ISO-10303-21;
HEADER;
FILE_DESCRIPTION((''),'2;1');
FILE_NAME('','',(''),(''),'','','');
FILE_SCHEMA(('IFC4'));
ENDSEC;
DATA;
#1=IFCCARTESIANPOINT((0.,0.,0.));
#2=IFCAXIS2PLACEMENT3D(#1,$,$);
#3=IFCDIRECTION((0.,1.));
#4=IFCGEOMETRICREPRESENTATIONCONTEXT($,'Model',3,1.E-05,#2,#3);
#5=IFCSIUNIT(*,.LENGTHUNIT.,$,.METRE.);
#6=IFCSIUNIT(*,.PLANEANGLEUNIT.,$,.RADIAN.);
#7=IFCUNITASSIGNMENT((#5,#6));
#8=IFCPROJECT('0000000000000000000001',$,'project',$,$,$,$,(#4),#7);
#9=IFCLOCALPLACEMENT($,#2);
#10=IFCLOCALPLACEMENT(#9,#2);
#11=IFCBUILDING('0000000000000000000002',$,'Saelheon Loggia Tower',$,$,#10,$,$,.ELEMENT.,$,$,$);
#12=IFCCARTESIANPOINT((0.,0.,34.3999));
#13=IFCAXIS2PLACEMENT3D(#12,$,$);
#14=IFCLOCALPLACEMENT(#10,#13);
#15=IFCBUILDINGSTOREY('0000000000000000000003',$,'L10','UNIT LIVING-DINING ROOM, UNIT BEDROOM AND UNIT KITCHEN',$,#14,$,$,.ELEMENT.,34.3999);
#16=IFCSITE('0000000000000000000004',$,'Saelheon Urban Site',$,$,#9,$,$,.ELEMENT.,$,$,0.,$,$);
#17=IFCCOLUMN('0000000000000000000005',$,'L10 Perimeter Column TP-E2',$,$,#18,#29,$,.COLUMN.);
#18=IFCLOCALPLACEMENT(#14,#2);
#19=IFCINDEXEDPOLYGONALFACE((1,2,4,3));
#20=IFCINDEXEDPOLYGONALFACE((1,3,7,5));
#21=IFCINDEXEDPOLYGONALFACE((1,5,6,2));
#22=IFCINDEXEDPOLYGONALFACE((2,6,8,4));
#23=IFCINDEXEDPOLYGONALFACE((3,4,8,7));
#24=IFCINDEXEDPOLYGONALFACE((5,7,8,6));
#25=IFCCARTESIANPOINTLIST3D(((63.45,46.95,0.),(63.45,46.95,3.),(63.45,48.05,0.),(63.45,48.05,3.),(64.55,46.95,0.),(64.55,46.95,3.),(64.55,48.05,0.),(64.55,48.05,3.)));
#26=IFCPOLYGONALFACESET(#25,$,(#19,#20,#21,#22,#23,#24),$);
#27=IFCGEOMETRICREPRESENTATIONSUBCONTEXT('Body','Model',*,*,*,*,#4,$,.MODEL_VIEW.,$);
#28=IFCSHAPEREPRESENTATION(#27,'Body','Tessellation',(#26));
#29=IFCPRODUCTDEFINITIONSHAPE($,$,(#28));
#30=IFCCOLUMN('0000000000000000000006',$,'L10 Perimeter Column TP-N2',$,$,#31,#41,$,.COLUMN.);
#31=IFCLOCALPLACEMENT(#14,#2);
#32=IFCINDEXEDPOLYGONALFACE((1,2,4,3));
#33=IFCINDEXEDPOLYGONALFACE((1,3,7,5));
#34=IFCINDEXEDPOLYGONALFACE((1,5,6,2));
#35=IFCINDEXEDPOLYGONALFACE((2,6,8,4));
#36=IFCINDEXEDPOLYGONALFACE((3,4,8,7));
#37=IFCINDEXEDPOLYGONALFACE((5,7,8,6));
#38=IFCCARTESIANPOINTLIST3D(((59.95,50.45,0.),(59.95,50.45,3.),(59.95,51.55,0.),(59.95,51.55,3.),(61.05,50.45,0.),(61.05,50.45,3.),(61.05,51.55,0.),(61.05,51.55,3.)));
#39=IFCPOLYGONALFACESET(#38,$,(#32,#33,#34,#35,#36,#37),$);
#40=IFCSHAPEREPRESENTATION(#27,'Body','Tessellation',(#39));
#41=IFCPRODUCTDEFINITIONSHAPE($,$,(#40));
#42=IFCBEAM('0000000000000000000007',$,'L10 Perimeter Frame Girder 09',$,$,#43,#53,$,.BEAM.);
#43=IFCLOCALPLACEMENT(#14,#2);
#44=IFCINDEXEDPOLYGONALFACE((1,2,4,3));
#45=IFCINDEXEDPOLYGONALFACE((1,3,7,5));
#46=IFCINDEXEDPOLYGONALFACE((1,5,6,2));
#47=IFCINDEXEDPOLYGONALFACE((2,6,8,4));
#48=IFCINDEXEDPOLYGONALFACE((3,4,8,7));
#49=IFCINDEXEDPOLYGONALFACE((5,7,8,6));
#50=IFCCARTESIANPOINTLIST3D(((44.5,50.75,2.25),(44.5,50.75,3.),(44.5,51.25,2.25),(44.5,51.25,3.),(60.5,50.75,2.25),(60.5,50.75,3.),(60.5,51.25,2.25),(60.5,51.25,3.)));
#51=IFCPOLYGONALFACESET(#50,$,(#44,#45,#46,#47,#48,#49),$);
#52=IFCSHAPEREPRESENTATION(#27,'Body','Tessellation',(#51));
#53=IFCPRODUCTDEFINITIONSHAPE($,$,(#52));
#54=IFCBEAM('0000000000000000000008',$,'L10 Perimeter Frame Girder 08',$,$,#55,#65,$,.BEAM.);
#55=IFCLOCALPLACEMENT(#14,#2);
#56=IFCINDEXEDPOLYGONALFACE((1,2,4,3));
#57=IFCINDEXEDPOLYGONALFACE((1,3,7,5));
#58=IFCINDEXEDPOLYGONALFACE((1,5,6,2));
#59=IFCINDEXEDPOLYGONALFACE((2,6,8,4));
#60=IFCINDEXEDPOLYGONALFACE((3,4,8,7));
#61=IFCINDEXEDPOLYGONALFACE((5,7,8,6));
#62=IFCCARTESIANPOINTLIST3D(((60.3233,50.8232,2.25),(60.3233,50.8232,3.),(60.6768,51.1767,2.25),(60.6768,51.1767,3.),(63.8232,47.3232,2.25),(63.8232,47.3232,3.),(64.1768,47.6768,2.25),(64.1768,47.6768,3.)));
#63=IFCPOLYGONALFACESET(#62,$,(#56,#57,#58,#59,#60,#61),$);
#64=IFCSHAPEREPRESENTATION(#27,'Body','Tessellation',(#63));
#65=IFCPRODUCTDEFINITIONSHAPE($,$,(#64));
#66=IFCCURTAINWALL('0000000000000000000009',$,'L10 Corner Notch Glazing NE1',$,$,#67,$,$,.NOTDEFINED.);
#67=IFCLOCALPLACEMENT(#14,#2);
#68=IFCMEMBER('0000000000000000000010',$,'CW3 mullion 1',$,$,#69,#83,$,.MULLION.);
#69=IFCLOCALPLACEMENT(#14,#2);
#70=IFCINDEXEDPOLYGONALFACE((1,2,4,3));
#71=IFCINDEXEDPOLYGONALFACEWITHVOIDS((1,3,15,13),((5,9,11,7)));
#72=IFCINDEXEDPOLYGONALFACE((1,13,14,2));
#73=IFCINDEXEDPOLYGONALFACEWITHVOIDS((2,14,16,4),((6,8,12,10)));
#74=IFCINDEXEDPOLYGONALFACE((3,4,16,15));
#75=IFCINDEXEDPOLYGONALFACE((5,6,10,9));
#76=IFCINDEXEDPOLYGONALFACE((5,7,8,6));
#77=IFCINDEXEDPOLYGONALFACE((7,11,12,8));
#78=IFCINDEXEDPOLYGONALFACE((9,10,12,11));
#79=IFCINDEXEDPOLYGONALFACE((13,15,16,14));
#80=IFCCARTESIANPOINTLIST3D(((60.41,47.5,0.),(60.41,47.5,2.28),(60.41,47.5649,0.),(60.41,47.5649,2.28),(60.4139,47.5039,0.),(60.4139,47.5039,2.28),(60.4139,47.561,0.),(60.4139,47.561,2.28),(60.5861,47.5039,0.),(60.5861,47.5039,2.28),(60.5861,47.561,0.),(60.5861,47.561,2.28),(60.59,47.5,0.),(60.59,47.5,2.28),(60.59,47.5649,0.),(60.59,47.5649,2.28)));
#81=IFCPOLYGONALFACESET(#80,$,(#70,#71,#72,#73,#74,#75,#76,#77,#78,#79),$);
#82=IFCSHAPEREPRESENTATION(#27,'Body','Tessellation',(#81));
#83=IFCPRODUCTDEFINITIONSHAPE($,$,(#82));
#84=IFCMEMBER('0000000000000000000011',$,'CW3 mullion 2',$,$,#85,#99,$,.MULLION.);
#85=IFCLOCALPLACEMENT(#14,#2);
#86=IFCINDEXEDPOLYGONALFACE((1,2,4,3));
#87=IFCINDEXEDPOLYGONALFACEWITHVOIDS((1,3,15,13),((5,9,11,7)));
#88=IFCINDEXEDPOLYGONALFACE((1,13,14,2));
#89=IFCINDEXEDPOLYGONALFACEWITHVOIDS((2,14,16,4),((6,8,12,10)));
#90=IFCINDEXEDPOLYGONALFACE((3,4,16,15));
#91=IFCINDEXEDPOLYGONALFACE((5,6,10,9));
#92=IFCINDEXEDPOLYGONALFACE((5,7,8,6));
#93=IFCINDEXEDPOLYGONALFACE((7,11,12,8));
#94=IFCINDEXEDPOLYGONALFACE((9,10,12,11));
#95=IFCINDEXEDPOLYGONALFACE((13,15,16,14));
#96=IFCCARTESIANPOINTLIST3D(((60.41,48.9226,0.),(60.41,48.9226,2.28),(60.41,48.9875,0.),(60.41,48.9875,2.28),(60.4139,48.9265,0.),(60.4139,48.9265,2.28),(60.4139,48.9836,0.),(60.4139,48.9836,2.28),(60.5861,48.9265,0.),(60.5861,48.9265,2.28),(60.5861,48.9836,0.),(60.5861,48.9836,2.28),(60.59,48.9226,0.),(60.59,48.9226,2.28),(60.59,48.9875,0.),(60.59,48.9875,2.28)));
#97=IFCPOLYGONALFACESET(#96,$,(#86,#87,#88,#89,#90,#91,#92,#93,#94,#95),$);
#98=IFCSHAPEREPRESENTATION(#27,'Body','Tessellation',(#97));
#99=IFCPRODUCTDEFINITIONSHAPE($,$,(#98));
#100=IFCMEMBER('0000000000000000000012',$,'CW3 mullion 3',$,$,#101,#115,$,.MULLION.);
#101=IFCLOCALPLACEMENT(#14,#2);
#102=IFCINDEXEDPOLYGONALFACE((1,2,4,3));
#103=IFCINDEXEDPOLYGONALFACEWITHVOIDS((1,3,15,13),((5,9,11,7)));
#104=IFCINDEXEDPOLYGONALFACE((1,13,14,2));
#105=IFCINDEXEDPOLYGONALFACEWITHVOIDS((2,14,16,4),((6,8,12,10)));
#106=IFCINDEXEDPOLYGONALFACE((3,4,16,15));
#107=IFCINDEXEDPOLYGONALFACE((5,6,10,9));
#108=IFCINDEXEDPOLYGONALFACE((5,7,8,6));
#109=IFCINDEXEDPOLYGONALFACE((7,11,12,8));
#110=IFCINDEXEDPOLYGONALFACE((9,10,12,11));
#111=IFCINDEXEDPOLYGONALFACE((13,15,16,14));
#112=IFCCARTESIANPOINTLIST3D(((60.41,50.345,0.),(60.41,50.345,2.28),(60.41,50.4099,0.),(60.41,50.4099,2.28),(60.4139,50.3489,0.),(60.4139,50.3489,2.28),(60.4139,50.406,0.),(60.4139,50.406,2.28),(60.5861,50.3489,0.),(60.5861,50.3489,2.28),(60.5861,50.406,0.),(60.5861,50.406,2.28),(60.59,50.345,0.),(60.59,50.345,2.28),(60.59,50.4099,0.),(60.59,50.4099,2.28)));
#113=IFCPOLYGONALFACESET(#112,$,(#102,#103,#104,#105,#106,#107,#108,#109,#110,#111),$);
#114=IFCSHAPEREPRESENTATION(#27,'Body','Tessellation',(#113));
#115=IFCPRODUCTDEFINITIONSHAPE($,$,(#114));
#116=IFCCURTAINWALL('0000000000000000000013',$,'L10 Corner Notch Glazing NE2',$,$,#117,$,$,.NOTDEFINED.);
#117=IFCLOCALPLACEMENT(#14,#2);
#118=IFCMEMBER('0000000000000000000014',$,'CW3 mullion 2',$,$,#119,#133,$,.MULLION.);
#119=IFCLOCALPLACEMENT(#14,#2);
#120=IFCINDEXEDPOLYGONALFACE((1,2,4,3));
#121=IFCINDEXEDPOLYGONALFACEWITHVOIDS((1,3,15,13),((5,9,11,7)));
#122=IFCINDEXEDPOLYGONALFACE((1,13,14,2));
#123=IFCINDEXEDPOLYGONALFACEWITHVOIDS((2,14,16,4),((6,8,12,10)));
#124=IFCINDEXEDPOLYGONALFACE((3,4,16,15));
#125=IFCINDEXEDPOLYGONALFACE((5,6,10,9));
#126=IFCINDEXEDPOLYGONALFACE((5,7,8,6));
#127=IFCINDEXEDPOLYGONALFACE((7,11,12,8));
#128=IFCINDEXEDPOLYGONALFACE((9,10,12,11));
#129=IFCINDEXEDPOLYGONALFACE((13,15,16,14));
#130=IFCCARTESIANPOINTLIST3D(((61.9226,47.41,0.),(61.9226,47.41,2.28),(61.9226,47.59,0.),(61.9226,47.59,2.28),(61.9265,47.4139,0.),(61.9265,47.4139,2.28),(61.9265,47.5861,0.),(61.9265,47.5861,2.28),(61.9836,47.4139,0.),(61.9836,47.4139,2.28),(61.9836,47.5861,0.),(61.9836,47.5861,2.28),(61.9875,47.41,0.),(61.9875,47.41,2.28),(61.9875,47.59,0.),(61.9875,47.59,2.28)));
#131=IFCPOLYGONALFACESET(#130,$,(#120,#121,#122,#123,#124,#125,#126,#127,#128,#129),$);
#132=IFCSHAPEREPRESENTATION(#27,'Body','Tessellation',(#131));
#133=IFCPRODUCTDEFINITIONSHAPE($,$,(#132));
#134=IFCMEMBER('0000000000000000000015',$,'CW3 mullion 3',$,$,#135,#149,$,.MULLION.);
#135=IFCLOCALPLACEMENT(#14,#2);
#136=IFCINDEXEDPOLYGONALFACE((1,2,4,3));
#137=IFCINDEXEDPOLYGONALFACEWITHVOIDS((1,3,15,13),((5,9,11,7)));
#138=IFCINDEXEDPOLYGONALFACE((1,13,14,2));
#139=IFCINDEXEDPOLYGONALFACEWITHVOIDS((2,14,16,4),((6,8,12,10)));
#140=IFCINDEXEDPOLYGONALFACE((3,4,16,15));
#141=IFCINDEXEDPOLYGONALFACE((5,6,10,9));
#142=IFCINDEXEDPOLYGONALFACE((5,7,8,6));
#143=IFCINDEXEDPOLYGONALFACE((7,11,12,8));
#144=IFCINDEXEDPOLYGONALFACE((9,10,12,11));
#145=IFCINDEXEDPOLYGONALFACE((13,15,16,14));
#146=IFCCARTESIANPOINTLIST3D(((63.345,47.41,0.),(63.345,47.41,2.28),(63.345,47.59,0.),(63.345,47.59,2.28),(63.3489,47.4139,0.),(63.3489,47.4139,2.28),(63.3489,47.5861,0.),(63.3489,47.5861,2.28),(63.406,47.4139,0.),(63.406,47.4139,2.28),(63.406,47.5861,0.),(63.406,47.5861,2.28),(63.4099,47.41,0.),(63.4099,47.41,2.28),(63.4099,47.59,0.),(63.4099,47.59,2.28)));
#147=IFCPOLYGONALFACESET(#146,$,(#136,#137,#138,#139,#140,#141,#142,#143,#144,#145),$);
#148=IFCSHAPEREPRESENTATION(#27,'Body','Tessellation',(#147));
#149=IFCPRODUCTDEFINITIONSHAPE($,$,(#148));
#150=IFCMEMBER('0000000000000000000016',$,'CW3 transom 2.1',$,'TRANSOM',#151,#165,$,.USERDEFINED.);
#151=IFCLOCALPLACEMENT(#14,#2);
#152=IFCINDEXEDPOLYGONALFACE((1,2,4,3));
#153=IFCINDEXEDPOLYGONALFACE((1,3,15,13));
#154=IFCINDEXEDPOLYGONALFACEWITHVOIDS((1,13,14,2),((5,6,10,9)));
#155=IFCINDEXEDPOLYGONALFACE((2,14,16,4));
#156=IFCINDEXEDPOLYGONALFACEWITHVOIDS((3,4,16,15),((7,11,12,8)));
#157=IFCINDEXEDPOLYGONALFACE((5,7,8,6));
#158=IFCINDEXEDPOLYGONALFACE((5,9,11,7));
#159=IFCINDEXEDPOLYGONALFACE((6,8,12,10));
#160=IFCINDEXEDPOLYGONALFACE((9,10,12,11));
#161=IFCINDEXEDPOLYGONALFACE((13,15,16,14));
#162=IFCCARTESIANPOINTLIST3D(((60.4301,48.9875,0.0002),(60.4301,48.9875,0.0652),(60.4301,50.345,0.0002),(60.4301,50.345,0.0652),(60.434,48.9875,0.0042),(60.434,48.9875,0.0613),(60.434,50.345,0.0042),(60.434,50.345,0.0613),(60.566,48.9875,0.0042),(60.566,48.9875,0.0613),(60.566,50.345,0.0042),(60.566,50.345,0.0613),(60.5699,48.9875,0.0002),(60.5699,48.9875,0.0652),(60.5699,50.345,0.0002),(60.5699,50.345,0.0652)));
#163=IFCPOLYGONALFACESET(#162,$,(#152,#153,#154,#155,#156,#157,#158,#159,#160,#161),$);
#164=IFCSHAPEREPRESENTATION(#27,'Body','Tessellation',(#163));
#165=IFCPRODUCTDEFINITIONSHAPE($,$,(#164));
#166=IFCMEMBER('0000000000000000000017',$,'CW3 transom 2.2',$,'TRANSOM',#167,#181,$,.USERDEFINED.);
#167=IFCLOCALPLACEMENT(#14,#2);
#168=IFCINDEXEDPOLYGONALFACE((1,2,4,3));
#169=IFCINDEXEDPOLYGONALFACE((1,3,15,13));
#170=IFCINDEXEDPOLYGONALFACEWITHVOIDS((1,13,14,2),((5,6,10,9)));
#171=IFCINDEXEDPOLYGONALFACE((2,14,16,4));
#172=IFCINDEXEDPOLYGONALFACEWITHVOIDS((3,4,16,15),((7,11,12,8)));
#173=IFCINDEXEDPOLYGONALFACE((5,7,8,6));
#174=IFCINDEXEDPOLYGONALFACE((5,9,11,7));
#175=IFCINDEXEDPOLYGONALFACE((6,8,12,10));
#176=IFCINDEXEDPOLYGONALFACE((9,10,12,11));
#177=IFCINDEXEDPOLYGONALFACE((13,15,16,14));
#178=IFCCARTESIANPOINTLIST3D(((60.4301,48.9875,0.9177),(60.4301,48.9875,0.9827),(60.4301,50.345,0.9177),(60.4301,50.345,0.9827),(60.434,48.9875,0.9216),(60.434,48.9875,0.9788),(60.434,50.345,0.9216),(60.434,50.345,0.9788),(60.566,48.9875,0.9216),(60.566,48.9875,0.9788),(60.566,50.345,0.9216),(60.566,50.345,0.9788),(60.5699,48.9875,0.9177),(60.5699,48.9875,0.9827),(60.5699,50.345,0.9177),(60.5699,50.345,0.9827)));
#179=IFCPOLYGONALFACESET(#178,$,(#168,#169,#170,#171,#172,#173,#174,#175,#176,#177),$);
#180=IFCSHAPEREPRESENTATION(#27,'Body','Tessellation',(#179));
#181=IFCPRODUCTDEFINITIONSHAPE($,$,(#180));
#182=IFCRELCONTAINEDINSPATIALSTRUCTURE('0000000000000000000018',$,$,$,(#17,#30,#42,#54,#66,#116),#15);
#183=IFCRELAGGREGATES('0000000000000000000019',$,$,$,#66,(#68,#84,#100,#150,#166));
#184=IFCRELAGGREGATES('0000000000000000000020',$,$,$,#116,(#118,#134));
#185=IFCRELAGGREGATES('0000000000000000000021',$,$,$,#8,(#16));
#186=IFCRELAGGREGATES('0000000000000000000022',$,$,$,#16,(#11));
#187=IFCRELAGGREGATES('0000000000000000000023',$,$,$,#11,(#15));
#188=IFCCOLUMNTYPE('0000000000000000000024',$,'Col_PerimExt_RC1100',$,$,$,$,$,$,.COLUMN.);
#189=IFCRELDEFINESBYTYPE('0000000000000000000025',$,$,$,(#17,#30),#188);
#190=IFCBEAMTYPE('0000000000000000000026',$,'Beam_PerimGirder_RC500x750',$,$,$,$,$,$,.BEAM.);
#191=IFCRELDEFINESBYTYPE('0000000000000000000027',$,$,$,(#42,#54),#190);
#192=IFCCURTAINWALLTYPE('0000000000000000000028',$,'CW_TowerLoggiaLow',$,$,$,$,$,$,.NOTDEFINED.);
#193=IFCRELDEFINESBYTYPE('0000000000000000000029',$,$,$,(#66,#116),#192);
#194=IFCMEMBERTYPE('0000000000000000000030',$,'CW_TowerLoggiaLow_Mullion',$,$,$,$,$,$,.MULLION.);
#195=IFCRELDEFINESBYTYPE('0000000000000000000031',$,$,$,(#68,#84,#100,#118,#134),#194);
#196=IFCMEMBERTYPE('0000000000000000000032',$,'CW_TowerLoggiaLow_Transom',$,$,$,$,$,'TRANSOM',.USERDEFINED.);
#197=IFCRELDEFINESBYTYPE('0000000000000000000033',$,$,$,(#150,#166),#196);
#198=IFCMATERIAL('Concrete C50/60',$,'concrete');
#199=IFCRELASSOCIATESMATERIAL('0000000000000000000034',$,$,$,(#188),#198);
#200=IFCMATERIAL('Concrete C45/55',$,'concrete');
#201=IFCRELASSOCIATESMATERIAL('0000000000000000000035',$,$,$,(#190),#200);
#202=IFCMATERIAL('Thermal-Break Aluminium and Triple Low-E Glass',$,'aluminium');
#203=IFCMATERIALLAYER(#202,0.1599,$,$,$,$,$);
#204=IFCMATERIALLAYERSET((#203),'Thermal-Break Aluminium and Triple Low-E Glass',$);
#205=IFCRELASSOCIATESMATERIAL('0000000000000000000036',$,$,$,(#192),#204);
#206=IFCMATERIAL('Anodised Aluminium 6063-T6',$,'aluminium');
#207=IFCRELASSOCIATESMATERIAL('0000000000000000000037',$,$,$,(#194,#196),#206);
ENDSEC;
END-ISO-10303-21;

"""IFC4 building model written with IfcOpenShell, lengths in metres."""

from ifc_helpers import new_model, si_unit, direction, frame, origin, origin_2d, place, context, subcontext, project, spatial, rectangle, hollow_rectangle, extrude, source, transform, mapped, material, layer, layer_set, material_profile, profile_set, type_object, element, aggregate, save


model = new_model("IFC4")

# Units and contexts
model_context = context("Model", 3, precision=1e-05, world=origin(), true_north=direction((0.0, 1.0)))
body_context = subcontext(model_context, "Body", "Model", "MODEL_VIEW")
ifc_project = project(units=[si_unit("LENGTHUNIT", "METRE"), si_unit("PLANEANGLEUNIT", "RADIAN")], contexts=[model_context])

# Site, building, storey
site_placement = place(None, origin())
site = spatial("IfcSite", under=ifc_project, at=site_placement, Name="Saelheon Urban Site", CompositionType="ELEMENT", RefElevation=0.0)
building_placement = place(site_placement, origin())
building = spatial("IfcBuilding", under=site, at=building_placement, Name="Saelheon Loggia Tower", CompositionType="ELEMENT")
storey_placement = place(building_placement, frame((0.0, 0.0, 34.3999)))
storey = spatial("IfcBuildingStorey", under=building, at=storey_placement, Name="L10", Description="UNIT LIVING-DINING ROOM, UNIT BEDROOM AND UNIT KITCHEN", CompositionType="ELEMENT", Elevation=34.3999)

# Columns
ifc_material_1 = material(Name="Concrete C50/60", Category="concrete")
ifc_material_profile_1 = material_profile(ifc_material_1, rectangle(XDim=1.1001, YDim=1.1001, at=origin_2d()), Name="RC-1100x1100")
ifc_profile_set_1 = profile_set([ifc_material_profile_1], Name="Concrete C50/60")
column_type = type_object("IfcColumnType", Name="Col_PerimExt_RC1100", PredefinedType="COLUMN", material=ifc_profile_set_1)
shared_shape_1 = source(origin(), body_context, "Body", "SweptSolid", [
    extrude(rectangle(XDim=1.1001, YDim=1.1001, at=origin_2d()), origin(), (0.0, 0.0, 1.0), 3.0),
])
for number, where, z_axis, x_axis, name in (
    (1, (64.0, 47.5, 0.0), (0.0, 0.0, 1.0), (1.0, 0.0, 0.0), "L10 Perimeter Column TP-E2"),
    (2, (60.5, 51.0, 0.0), (0.0, 0.0, 1.0), (1.0, 0.0, 0.0), "L10 Perimeter Column TP-N2"),
):
    element("IfcColumn", number, at=place(storey_placement, frame(where, z_axis=z_axis, x_axis=x_axis)), inside=storey, type_object=column_type, Name=name, PredefinedType="COLUMN", context=body_context, shape_type="MappedRepresentation", body=[
        mapped(shared_shape_1, transform((0.0, 0.0, 0.0), scale=1.0)),
    ])

# Beams
ifc_material_2 = material(Name="Concrete C45/55", Category="concrete")
ifc_material_profile_2 = material_profile(ifc_material_2, rectangle(XDim=0.5, YDim=0.75, at=origin_2d()), Name="RC-500x750")
ifc_profile_set_2 = profile_set([ifc_material_profile_2], Name="Concrete C45/55")
beam_type = type_object("IfcBeamType", Name="Beam_PerimGirder_RC500x750", PredefinedType="BEAM", material=ifc_profile_set_2)
shared_shape_2 = source(origin(), body_context, "Body", "SweptSolid", [
    extrude(rectangle(XDim=0.5, YDim=0.75, at=origin_2d()), origin(), (0.0, 0.0, 1.0), 16.0),
])
beam_1_placement = place(storey_placement, frame((60.5, 51.0, 2.625), z_axis=(-1.0, 0.0, 0.0), x_axis=(0.0, -1.0, 0.0)))
element("IfcBeam", 3, at=beam_1_placement, inside=storey, type_object=beam_type, Name="L10 Perimeter Frame Girder 09", PredefinedType="BEAM", context=body_context, shape_type="MappedRepresentation", body=[
    mapped(shared_shape_2, transform((0.0, 0.0, 0.0), scale=1.0)),
])
shared_shape_3 = source(origin(), body_context, "Body", "SweptSolid", [
    extrude(rectangle(XDim=0.5, YDim=0.75, at=origin_2d()), origin(), (0.0, 0.0, 1.0), 4.9497),
])
beam_2_placement = place(storey_placement, frame((64.0, 47.5, 2.625), z_axis=(-0.707107, 0.707107, 0.0), x_axis=(-0.707107, -0.707107, 0.0)))
element("IfcBeam", 4, at=beam_2_placement, inside=storey, type_object=beam_type, Name="L10 Perimeter Frame Girder 08", PredefinedType="BEAM", context=body_context, shape_type="MappedRepresentation", body=[
    mapped(shared_shape_3, transform((0.0, 0.0, 0.0), scale=1.0)),
])

# Curtain walls, members
ifc_material_3 = material(Name="Thermal-Break Aluminium and Triple Low-E Glass", Category="aluminium")
ifc_layer_1 = layer(ifc_material_3, 0.1599)
ifc_layer_set_1 = layer_set([ifc_layer_1], Name="Thermal-Break Aluminium and Triple Low-E Glass")
curtain_wall_type = type_object("IfcCurtainWallType", Name="CW_TowerLoggiaLow", PredefinedType="NOTDEFINED", material=ifc_layer_set_1)
curtain_wall_1_placement = place(storey_placement, origin())
curtain_wall_1 = element("IfcCurtainWall", 5, at=curtain_wall_1_placement, inside=storey, type_object=curtain_wall_type, Name="L10 Corner Notch Glazing NE1", PredefinedType="NOTDEFINED")
ifc_material_4 = material(Name="Anodised Aluminium 6063-T6", Category="aluminium")
ifc_material_profile_3 = material_profile(ifc_material_4, hollow_rectangle(XDim=0.0649, YDim=0.1799, WallThickness=0.0039, at=origin_2d()), Name="RHS-180x65x4")
ifc_profile_set_3 = profile_set([ifc_material_profile_3], Name="Anodised Aluminium 6063-T6")
member_type_1 = type_object("IfcMemberType", Name="CW_TowerLoggiaLow_Mullion", PredefinedType="MULLION", material=ifc_profile_set_3)
shared_shape_4 = source(origin(), body_context, "Body", "SweptSolid", [
    extrude(hollow_rectangle(XDim=0.0649, YDim=0.1799, WallThickness=0.0039, at=origin_2d()), origin(), (0.0, 0.0, 1.0), 2.28),
])
member_1_placement = place(storey_placement, frame((60.5, 47.5325, 0.0), z_axis=(0.0, 0.0, 1.0), x_axis=(0.0, 1.0, 0.0)))
member_1 = element("IfcMember", 6, at=member_1_placement, type_object=member_type_1, Name="CW3 mullion 1", PredefinedType="MULLION", context=body_context, shape_type="MappedRepresentation", body=[
    mapped(shared_shape_4, transform((0.0, 0.0, 0.0), scale=1.0)),
])
member_2_placement = place(storey_placement, frame((60.5, 48.9551, 0.0), z_axis=(0.0, 0.0, 1.0), x_axis=(0.0, 1.0, 0.0)))
member_2 = element("IfcMember", 7, at=member_2_placement, type_object=member_type_1, Name="CW3 mullion 2", PredefinedType="MULLION", context=body_context, shape_type="MappedRepresentation", body=[
    mapped(shared_shape_4, transform((0.0, 0.0, 0.0), scale=1.0)),
])
member_3_placement = place(storey_placement, frame((60.5, 50.3774, 0.0), z_axis=(0.0, 0.0, 1.0), x_axis=(0.0, 1.0, 0.0)))
member_3 = element("IfcMember", 8, at=member_3_placement, type_object=member_type_1, Name="CW3 mullion 3", PredefinedType="MULLION", context=body_context, shape_type="MappedRepresentation", body=[
    mapped(shared_shape_4, transform((0.0, 0.0, 0.0), scale=1.0)),
])
curtain_wall_2_placement = place(storey_placement, origin())
curtain_wall_2 = element("IfcCurtainWall", 9, at=curtain_wall_2_placement, inside=storey, type_object=curtain_wall_type, Name="L10 Corner Notch Glazing NE2", PredefinedType="NOTDEFINED")
member_4_placement = place(storey_placement, frame((61.9551, 47.5, 0.0), z_axis=(0.0, 0.0, 1.0), x_axis=(1.0, 0.0, 0.0)))
member_4 = element("IfcMember", 10, at=member_4_placement, type_object=member_type_1, Name="CW3 mullion 2", PredefinedType="MULLION", context=body_context, shape_type="MappedRepresentation", body=[
    mapped(shared_shape_4, transform((0.0, 0.0, 0.0), scale=1.0)),
])
member_5_placement = place(storey_placement, frame((63.3774, 47.5, 0.0), z_axis=(0.0, 0.0, 1.0), x_axis=(1.0, 0.0, 0.0)))
member_5 = element("IfcMember", 11, at=member_5_placement, type_object=member_type_1, Name="CW3 mullion 3", PredefinedType="MULLION", context=body_context, shape_type="MappedRepresentation", body=[
    mapped(shared_shape_4, transform((0.0, 0.0, 0.0), scale=1.0)),
])

# Members
ifc_material_profile_4 = material_profile(ifc_material_4, hollow_rectangle(XDim=0.0649, YDim=0.1399, WallThickness=0.0039, at=origin_2d()), Name="RHS-140x65x4")
ifc_profile_set_4 = profile_set([ifc_material_profile_4], Name="Anodised Aluminium 6063-T6")
member_type_2 = type_object("IfcMemberType", Name="CW_TowerLoggiaLow_Transom", ElementType="TRANSOM", PredefinedType="USERDEFINED", material=ifc_profile_set_4)
shared_shape_5 = source(origin(), body_context, "Body", "SweptSolid", [
    extrude(hollow_rectangle(XDim=0.0649, YDim=0.1399, WallThickness=0.0039, at=origin_2d()), origin(), (0.0, 0.0, 1.0), 1.3574),
])
member_6_placement = place(storey_placement, frame((60.5, 48.9875, 0.0327), z_axis=(0.0, 1.0, 0.0), x_axis=(0.0, 0.0, 1.0)))
member_6 = element("IfcMember", 12, at=member_6_placement, type_object=member_type_2, Name="CW3 transom 2.1", ObjectType="TRANSOM", PredefinedType="USERDEFINED", context=body_context, shape_type="MappedRepresentation", body=[
    mapped(shared_shape_5, transform((0.0, 0.0, 0.0), scale=1.0)),
])
member_7_placement = place(storey_placement, frame((60.5, 48.9875, 0.9502), z_axis=(0.0, 1.0, 0.0), x_axis=(0.0, 0.0, 1.0)))
member_7 = element("IfcMember", 13, at=member_7_placement, type_object=member_type_2, Name="CW3 transom 2.2", ObjectType="TRANSOM", PredefinedType="USERDEFINED", context=body_context, shape_type="MappedRepresentation", body=[
    mapped(shared_shape_5, transform((0.0, 0.0, 0.0), scale=1.0)),
])

aggregate(curtain_wall_1, [member_1, member_2, member_3, member_6, member_7])
aggregate(curtain_wall_2, [member_4, member_5])

save(model, "model.ifc")
